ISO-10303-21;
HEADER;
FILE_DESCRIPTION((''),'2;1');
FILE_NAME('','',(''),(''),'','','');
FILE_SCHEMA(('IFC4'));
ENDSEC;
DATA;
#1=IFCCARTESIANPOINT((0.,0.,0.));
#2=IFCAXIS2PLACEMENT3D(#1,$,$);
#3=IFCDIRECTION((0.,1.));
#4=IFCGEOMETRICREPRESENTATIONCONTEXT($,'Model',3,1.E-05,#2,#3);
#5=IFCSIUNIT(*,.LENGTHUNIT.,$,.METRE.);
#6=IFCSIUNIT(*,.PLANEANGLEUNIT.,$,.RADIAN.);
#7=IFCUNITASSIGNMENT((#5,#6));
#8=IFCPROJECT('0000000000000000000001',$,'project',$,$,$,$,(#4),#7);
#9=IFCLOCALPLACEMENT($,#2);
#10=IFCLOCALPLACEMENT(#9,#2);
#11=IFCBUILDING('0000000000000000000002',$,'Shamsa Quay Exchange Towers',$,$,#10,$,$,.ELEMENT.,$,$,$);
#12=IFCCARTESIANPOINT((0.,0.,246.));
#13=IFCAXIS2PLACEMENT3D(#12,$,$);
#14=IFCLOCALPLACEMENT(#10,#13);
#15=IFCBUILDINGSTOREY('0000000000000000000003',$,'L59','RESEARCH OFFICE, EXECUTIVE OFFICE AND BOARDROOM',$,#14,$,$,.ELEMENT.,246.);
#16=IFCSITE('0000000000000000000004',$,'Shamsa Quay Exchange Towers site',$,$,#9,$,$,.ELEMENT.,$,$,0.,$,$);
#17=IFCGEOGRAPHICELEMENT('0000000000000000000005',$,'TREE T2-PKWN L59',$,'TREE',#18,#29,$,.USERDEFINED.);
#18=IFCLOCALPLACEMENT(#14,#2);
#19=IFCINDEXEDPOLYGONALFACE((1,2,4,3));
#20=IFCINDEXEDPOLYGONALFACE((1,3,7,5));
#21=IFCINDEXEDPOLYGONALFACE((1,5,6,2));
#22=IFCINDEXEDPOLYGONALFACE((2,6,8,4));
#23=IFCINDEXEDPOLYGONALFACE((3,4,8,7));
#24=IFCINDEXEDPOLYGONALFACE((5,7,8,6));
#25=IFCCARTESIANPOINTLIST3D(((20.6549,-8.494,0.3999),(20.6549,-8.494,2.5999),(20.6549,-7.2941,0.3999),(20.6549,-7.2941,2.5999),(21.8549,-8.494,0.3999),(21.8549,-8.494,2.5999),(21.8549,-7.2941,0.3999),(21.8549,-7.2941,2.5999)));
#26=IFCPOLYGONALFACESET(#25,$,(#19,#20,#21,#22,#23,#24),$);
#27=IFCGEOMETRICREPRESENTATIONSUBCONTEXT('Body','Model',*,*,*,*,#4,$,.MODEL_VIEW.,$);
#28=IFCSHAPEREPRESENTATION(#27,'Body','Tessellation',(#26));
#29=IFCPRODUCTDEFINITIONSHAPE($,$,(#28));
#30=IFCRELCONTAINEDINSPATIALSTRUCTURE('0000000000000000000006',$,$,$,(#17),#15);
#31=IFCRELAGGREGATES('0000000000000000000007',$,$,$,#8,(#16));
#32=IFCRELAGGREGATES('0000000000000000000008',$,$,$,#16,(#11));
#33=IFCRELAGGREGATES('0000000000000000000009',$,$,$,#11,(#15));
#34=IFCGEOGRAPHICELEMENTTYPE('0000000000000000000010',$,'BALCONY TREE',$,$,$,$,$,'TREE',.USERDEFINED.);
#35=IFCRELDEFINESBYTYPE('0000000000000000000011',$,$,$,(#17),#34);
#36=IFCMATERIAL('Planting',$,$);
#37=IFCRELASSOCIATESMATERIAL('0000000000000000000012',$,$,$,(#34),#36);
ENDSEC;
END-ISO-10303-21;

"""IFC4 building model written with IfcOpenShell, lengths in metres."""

from ifc_helpers import new_model, si_unit, direction, frame, origin, origin_2d, place, context, subcontext, project, spatial, rectangle, extrude, material, type_object, element, save


model = new_model("IFC4")

# Units and contexts
model_context = context("Model", 3, precision=1e-05, world=origin(), true_north=direction((0.0, 1.0)))
body_context = subcontext(model_context, "Body", "Model", "MODEL_VIEW")
ifc_project = project(units=[si_unit("LENGTHUNIT", "METRE"), si_unit("PLANEANGLEUNIT", "RADIAN")], contexts=[model_context])

# Site, building, storey
site_placement = place(None, origin())
site = spatial("IfcSite", under=ifc_project, at=site_placement, Name="Shamsa Quay Exchange Towers site", CompositionType="ELEMENT", RefElevation=0.0)
building_placement = place(site_placement, origin())
building = spatial("IfcBuilding", under=site, at=building_placement, Name="Shamsa Quay Exchange Towers", CompositionType="ELEMENT")
storey_placement = place(building_placement, frame((0.0, 0.0, 246.0)))
storey = spatial("IfcBuildingStorey", under=building, at=storey_placement, Name="L59", Description="RESEARCH OFFICE, EXECUTIVE OFFICE AND BOARDROOM", CompositionType="ELEMENT", Elevation=246.0)

# Geographic element
ifc_material_1 = material(Name="Planting")
geographic_element_type = type_object("IfcGeographicElementType", Name="BALCONY TREE", ElementType="TREE", PredefinedType="USERDEFINED", material=ifc_material_1)
geographic_element_placement = place(storey_placement, frame((21.2549, -7.894, 0.3999), z_axis=(0.0, 0.0, 1.0), x_axis=(0.0, -1.0, 0.0)))
element("IfcGeographicElement", 1, at=geographic_element_placement, inside=storey, type_object=geographic_element_type, Name="TREE T2-PKWN L59", ObjectType="TREE", PredefinedType="USERDEFINED", context=body_context, shape_type="SweptSolid", body=[
    extrude(rectangle(XDim=1.2, YDim=1.2, at=origin_2d()), origin(), (0.0, 0.0, 1.0), 2.2),
])

save(model, "model.ifc")
